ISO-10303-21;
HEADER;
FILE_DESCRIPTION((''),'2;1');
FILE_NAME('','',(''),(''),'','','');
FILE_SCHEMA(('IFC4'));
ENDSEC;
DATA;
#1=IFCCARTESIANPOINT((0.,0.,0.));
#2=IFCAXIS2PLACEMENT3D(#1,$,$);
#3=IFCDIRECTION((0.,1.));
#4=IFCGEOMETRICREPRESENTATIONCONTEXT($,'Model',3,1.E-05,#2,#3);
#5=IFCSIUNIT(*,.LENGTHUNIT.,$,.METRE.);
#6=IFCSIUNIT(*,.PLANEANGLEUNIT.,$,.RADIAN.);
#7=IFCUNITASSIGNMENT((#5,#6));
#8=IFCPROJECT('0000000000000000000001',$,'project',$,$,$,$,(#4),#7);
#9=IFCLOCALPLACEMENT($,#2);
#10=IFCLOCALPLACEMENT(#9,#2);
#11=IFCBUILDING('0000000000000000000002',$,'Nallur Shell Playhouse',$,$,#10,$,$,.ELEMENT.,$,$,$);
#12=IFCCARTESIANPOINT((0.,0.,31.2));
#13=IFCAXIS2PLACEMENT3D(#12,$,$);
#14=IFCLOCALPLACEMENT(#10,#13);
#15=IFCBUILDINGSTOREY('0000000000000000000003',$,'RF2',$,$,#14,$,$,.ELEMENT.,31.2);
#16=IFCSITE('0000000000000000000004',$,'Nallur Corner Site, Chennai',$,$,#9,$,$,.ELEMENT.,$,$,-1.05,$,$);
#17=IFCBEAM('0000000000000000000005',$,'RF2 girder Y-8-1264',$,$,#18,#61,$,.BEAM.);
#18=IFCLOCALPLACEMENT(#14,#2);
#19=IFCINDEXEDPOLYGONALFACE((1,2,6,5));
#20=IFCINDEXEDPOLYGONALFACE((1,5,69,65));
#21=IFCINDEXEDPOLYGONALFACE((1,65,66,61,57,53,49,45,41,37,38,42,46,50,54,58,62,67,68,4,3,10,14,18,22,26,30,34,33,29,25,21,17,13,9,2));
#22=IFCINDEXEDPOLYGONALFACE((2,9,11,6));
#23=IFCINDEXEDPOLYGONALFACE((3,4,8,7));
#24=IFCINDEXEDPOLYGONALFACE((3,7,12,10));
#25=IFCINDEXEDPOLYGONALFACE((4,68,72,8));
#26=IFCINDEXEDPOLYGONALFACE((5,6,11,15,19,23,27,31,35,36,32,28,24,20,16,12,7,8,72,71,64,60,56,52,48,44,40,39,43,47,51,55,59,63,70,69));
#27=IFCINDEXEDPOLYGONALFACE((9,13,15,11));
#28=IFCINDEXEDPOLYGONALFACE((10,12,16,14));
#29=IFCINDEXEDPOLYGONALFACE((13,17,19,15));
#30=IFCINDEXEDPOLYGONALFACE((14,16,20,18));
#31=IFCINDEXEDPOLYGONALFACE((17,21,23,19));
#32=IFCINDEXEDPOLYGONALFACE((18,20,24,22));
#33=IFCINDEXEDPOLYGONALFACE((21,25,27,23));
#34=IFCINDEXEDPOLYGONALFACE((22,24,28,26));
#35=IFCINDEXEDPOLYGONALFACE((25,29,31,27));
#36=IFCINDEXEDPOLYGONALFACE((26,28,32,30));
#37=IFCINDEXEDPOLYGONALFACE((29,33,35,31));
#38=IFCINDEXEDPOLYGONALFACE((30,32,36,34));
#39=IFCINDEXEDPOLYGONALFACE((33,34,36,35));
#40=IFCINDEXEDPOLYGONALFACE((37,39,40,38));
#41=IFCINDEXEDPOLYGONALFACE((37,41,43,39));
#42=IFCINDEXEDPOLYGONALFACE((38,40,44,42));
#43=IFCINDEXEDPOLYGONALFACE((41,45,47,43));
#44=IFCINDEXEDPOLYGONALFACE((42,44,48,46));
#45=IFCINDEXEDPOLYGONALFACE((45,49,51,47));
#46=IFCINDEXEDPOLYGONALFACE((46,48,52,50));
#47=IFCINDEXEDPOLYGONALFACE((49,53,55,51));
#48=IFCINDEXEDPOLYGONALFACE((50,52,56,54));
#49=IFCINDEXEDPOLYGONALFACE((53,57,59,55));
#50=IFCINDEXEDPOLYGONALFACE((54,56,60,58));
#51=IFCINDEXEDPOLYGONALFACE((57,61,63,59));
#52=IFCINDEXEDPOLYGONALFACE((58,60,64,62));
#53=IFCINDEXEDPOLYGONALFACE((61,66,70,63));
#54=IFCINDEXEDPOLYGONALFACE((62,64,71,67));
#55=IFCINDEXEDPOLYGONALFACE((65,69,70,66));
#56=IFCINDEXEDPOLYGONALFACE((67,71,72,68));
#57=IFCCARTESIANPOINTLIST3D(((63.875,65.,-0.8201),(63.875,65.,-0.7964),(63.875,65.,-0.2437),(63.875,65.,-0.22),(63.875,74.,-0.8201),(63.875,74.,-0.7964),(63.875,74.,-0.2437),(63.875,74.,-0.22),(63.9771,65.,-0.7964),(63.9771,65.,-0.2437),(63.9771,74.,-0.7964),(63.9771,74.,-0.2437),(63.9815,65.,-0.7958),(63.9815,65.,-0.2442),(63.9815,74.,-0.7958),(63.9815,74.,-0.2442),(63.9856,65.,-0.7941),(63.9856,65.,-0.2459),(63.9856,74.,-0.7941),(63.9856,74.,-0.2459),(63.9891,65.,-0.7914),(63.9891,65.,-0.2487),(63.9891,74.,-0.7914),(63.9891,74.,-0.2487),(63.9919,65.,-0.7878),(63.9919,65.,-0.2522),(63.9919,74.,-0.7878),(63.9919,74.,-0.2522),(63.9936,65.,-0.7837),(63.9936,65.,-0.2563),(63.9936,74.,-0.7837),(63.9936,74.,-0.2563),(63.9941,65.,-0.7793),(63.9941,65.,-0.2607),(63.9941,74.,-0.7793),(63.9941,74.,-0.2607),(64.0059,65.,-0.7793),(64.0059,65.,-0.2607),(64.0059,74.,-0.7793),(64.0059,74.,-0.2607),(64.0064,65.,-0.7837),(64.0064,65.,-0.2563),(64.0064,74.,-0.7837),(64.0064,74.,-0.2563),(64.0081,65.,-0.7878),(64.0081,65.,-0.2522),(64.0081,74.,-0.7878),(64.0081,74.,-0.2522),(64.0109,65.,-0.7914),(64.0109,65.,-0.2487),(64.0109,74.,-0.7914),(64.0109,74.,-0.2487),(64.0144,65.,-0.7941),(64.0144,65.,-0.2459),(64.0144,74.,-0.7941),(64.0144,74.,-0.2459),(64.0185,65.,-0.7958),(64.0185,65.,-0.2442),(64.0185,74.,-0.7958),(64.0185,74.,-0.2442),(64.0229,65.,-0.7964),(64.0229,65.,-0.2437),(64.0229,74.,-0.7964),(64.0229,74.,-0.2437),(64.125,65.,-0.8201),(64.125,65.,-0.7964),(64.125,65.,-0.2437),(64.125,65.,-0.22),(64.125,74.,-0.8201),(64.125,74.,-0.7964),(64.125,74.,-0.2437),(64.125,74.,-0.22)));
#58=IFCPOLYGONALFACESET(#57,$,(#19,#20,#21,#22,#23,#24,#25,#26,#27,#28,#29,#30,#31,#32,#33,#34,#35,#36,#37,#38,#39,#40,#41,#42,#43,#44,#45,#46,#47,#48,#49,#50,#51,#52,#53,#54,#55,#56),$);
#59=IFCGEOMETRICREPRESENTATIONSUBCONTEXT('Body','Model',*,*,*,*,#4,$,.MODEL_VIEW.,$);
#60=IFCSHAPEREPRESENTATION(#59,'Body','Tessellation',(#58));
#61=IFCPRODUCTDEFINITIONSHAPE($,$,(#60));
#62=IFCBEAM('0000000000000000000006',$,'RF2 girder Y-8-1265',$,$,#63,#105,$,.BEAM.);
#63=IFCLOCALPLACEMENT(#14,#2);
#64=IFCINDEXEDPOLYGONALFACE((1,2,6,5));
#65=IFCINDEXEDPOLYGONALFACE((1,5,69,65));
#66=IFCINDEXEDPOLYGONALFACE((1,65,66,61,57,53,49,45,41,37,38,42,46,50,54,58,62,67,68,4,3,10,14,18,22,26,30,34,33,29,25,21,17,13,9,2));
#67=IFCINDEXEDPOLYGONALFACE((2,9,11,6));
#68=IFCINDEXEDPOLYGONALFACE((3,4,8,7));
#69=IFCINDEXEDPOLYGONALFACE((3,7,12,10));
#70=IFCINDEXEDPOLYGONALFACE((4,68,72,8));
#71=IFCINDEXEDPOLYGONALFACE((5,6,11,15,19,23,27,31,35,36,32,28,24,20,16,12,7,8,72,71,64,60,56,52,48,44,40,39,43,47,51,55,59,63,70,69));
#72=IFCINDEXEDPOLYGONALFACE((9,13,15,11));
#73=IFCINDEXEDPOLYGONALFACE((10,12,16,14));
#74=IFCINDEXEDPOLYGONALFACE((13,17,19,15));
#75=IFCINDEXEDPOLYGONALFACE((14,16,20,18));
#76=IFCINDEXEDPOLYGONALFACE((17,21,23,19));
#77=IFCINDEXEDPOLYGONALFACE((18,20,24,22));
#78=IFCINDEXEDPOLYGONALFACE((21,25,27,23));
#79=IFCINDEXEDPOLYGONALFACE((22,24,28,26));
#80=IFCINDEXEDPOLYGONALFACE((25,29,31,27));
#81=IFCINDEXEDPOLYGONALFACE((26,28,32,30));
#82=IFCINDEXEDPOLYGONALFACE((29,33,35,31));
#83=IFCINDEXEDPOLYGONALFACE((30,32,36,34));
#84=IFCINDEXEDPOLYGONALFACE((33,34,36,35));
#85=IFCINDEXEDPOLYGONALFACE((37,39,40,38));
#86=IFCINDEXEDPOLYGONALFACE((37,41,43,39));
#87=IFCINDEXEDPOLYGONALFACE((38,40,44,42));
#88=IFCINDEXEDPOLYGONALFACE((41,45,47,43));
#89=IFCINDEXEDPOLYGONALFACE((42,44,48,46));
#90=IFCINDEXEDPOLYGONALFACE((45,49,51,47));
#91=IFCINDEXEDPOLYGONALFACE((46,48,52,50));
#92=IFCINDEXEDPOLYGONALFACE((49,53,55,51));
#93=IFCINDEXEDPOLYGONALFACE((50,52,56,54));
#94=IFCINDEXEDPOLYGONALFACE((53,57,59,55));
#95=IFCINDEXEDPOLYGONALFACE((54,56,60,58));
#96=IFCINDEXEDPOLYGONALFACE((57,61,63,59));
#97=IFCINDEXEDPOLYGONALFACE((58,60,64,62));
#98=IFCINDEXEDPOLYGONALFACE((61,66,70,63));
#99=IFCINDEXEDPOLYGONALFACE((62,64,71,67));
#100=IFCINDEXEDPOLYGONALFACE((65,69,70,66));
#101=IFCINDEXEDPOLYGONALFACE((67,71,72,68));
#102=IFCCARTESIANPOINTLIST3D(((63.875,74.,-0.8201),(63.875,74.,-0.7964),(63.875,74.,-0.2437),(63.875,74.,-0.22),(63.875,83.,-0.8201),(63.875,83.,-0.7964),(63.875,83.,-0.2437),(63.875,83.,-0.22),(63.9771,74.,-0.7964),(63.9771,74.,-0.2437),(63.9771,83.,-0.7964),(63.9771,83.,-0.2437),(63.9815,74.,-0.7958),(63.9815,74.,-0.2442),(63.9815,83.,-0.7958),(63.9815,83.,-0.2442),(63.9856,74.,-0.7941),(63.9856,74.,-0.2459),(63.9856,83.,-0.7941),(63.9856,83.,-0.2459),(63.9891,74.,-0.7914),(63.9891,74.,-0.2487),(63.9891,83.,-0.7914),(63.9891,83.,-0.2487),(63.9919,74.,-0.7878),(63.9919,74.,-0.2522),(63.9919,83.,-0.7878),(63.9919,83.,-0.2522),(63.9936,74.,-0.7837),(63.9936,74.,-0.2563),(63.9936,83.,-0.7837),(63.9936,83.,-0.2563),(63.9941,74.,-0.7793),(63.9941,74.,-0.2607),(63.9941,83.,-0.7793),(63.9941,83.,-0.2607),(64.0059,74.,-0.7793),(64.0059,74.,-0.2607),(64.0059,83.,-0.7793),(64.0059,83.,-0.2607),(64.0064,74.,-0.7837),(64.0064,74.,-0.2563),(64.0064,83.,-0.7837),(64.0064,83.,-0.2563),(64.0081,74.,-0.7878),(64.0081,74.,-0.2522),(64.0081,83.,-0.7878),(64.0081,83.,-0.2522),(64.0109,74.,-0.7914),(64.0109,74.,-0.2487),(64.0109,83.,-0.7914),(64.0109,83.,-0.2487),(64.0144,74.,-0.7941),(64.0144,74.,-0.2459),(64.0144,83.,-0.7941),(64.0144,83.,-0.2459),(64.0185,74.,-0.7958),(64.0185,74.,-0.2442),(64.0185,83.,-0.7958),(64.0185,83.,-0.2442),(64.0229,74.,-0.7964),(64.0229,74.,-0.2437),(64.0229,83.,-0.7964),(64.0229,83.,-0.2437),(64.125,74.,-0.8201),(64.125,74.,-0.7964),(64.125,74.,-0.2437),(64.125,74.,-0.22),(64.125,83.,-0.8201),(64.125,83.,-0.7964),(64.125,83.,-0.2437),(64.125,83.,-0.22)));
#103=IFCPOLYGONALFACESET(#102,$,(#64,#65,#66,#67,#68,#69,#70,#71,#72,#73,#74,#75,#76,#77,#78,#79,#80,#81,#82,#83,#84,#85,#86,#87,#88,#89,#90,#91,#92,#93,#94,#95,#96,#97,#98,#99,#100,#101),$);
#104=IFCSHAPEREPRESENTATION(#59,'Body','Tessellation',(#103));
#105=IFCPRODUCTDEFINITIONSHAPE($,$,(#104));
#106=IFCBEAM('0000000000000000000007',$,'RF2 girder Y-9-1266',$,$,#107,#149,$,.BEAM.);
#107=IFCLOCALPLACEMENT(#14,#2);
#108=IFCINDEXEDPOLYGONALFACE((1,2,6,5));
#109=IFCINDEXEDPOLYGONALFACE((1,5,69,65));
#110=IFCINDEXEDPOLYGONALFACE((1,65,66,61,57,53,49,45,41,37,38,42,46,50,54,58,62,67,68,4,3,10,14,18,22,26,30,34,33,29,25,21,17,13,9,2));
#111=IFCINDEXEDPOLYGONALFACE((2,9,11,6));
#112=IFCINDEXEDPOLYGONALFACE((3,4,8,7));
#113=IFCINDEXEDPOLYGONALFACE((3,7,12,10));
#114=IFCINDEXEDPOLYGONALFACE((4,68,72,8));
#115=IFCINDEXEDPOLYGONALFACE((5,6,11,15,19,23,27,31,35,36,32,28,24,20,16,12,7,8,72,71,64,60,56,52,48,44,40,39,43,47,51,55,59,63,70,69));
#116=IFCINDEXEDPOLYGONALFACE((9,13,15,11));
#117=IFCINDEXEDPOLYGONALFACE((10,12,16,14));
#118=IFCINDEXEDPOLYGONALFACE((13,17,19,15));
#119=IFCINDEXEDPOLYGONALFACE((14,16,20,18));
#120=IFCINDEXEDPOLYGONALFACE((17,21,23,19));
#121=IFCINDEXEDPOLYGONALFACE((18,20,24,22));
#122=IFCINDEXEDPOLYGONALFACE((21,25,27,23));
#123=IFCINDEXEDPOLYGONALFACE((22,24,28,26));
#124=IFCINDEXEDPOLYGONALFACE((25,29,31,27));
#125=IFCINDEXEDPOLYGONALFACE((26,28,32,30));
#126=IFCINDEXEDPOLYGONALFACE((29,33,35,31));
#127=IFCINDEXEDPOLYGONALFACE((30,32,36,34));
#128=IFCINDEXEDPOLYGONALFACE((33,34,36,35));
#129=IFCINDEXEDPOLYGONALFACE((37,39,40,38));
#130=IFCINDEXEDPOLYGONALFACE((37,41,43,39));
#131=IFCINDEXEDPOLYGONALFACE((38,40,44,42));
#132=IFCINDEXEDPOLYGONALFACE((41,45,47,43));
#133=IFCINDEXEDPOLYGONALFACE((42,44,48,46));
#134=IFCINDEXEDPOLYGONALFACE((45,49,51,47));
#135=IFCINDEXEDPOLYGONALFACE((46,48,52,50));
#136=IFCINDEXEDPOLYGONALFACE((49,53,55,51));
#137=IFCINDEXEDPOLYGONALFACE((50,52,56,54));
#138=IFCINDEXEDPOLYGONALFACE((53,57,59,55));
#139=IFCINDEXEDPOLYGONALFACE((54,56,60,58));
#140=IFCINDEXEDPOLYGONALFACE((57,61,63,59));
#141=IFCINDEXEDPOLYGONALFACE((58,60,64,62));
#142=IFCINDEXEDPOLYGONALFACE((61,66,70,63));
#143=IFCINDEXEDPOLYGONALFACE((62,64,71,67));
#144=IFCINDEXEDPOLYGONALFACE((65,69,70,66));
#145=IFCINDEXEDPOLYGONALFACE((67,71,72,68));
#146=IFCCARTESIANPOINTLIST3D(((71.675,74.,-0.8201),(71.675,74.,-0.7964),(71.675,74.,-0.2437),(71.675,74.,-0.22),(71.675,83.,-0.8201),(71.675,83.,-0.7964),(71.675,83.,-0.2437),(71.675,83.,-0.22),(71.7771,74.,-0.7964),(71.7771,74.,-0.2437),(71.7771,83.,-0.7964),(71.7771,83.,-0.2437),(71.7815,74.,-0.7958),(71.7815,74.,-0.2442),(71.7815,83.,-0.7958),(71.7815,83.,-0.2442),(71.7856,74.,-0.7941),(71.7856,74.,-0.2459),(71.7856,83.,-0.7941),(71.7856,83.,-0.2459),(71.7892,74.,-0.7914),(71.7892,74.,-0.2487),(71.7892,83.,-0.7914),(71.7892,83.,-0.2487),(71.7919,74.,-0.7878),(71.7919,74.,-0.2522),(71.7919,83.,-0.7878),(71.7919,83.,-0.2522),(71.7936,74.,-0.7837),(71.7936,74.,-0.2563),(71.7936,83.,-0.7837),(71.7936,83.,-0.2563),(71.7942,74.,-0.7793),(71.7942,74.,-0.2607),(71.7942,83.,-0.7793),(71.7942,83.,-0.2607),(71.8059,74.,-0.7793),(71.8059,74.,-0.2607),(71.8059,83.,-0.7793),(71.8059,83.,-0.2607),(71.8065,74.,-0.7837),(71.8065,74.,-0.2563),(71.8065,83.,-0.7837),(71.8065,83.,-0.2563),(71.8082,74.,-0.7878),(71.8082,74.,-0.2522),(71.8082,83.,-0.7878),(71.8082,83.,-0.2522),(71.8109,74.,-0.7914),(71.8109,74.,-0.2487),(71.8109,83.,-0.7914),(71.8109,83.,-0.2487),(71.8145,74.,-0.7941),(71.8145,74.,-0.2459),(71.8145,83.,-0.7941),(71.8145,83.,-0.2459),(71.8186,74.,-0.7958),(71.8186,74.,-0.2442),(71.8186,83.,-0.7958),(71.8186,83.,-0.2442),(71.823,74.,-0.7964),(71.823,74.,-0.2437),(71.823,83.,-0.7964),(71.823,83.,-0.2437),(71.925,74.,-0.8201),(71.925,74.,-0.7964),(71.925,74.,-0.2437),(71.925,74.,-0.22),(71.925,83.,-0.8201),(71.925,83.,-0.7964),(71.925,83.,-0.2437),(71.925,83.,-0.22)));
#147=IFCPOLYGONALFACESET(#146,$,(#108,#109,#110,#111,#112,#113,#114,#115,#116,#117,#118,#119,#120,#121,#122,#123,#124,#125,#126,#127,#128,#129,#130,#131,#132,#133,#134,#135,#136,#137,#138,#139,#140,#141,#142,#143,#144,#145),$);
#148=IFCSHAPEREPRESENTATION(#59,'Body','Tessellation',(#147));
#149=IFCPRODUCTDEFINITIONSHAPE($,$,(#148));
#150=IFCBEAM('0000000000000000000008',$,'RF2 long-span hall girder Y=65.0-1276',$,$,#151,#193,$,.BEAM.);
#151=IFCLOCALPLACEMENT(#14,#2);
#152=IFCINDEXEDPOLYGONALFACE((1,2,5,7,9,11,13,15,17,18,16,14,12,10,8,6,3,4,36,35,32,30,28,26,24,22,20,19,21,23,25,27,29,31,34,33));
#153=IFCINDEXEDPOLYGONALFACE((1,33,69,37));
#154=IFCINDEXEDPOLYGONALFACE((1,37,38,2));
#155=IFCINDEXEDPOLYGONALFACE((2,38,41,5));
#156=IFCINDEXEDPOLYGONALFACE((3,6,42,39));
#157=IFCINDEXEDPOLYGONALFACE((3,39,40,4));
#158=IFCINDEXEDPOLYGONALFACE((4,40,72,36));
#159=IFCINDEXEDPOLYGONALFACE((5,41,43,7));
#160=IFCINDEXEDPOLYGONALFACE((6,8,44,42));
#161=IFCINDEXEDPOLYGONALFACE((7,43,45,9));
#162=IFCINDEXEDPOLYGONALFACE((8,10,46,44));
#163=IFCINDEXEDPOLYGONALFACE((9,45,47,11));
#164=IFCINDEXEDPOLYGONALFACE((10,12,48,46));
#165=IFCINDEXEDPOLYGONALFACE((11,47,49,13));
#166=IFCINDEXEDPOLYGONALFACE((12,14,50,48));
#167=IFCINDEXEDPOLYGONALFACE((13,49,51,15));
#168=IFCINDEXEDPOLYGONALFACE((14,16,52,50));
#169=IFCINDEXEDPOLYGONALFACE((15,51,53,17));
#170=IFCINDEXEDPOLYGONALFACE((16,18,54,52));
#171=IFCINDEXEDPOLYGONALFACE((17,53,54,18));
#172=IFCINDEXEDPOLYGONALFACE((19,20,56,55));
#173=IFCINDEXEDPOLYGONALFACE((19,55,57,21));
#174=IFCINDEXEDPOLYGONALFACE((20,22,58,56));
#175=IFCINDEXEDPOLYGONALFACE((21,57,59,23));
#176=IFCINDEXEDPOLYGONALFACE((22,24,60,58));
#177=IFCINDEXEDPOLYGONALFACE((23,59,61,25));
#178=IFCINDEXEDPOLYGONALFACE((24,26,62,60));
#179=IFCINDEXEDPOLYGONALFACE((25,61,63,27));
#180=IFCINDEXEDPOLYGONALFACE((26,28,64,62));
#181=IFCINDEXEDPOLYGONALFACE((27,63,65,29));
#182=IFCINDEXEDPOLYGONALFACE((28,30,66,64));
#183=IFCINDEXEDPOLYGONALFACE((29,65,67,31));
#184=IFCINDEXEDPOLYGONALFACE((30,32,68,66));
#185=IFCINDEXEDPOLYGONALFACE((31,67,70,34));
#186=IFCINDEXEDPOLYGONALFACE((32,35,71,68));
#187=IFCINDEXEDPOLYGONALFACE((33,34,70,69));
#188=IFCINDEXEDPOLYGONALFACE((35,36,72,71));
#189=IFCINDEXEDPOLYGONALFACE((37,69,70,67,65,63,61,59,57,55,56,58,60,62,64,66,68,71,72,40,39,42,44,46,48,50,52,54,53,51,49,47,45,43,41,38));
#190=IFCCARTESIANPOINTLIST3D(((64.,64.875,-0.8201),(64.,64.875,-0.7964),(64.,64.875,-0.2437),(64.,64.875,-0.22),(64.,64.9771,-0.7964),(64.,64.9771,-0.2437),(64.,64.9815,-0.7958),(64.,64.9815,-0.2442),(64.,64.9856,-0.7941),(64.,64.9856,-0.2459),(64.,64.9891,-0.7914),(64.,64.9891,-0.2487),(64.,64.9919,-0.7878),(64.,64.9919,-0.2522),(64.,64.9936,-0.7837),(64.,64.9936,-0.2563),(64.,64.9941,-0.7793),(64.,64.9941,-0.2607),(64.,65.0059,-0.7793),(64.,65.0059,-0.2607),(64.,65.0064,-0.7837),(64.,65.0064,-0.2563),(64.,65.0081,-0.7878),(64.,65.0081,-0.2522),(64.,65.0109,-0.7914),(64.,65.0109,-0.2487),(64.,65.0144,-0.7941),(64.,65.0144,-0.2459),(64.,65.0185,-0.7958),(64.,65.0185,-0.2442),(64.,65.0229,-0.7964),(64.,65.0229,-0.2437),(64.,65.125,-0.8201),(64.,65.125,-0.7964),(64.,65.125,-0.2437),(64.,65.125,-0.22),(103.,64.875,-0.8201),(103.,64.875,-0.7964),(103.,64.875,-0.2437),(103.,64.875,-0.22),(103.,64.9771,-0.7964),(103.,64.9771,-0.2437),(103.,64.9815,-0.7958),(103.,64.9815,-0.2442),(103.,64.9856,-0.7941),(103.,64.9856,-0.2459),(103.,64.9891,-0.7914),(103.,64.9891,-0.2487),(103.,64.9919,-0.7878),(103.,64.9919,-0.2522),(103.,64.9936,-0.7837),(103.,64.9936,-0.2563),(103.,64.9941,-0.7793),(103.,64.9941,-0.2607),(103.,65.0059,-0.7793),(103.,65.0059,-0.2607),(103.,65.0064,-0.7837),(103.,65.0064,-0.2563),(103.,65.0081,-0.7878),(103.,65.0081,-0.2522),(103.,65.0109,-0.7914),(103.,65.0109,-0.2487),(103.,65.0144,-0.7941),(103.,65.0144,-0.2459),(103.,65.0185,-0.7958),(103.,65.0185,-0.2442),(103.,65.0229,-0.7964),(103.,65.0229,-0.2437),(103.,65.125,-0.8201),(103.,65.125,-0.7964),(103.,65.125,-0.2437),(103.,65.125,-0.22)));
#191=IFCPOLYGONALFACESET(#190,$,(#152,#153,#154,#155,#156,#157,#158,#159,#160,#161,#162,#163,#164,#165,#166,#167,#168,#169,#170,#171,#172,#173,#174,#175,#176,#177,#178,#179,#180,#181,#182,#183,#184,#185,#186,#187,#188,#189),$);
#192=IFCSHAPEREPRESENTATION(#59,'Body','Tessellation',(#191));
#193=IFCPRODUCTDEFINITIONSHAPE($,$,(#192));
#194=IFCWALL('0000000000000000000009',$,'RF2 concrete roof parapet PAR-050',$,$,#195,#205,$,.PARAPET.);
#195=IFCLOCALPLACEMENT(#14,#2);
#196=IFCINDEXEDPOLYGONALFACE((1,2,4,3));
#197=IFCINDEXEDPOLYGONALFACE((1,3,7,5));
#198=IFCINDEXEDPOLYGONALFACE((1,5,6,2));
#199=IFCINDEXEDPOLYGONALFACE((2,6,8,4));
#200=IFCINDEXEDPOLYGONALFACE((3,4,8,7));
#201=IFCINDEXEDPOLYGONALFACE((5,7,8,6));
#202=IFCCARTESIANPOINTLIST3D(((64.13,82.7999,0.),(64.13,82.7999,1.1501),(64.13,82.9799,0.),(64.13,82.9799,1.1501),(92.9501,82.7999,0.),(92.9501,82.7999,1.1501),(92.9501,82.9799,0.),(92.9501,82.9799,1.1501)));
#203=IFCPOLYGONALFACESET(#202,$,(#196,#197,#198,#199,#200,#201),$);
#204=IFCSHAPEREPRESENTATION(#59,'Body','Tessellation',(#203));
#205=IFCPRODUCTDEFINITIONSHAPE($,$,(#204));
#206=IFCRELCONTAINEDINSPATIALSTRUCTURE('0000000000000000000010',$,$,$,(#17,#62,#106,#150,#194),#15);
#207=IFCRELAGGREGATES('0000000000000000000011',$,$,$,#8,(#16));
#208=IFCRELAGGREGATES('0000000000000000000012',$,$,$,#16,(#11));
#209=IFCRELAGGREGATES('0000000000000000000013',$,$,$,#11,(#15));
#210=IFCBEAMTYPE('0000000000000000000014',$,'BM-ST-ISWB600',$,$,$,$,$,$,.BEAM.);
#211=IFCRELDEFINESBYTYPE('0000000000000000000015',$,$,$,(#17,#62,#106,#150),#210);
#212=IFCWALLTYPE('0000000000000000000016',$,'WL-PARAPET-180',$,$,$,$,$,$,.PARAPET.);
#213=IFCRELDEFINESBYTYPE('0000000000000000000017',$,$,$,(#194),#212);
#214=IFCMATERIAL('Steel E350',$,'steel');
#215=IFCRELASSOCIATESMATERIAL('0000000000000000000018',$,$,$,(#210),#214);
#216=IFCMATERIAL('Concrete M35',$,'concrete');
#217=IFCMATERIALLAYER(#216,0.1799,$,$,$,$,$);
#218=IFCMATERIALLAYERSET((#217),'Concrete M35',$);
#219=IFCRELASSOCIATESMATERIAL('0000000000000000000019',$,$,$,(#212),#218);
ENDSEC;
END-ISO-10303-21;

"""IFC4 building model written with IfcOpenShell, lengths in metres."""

from ifc_helpers import new_model, si_unit, direction, frame, frame_2d, origin, origin_2d, place, context, subcontext, project, spatial, rectangle, i_section, extrude, material, layer, layer_set, material_profile, profile_set, type_object, element, save


model = new_model("IFC4")

# Units and contexts
model_context = context("Model", 3, precision=1e-05, world=origin(), true_north=direction((0.0, 1.0)))
body_context = subcontext(model_context, "Body", "Model", "MODEL_VIEW")
ifc_project = project(units=[si_unit("LENGTHUNIT", "METRE"), si_unit("PLANEANGLEUNIT", "RADIAN")], contexts=[model_context])

# Site, building, storey
site_placement = place(None, origin())
site = spatial("IfcSite", under=ifc_project, at=site_placement, Name="Nallur Corner Site, Chennai", CompositionType="ELEMENT", RefElevation=-1.05)
building_placement = place(site_placement, origin())
building = spatial("IfcBuilding", under=site, at=building_placement, Name="Nallur Shell Playhouse", CompositionType="ELEMENT")
storey_placement = place(building_placement, frame((0.0, 0.0, 31.2)))
storey = spatial("IfcBuildingStorey", under=building, at=storey_placement, Name="RF2", CompositionType="ELEMENT", Elevation=31.2)

# Beams
ifc_material_1 = material(Name="Steel E350", Category="steel")
ifc_material_profile_1 = material_profile(ifc_material_1, i_section(OverallWidth=0.25, OverallDepth=0.6001, WebThickness=0.0117, FlangeThickness=0.0237, FilletRadius=0.0171, at=origin_2d()), Name="ISWB 600")
ifc_profile_set_1 = profile_set([ifc_material_profile_1], Name="Steel E350")
beam_type_1 = type_object("IfcBeamType", Name="BM-ST-ISWB600", PredefinedType="BEAM", material=ifc_profile_set_1)
for number, where, z_axis, x_axis, name in (
    (1, (64.0, 65.0, -0.52), (0.0, 1.0, 0.0), (-1.0, 0.0, 0.0), "RF2 girder Y-8-1264"),
    (2, (64.0, 74.0, -0.52), (0.0, 1.0, 0.0), (-1.0, 0.0, 0.0), "RF2 girder Y-8-1265"),
    (3, (71.8, 74.0, -0.52), (0.0, 1.0, 0.0), (-1.0, 0.0, 0.0), "RF2 girder Y-9-1266"),
):
    element("IfcBeam", number, at=place(storey_placement, frame(where, z_axis=z_axis, x_axis=x_axis)), inside=storey, type_object=beam_type_1, Name=name, PredefinedType="BEAM", context=body_context, shape_type="SweptSolid", body=[
        extrude(i_section(OverallWidth=0.25, OverallDepth=0.6001, WebThickness=0.0117, FlangeThickness=0.0237, FilletRadius=0.0171, at=origin_2d()), origin(), (0.0, 0.0, 1.0), 9.0),
    ])
beam_1_placement = place(storey_placement, frame((64.0, 65.0, -0.52), z_axis=(1.0, 0.0, 0.0), x_axis=(0.0, 1.0, 0.0)))
element("IfcBeam", 4, at=beam_1_placement, inside=storey, type_object=beam_type_1, Name="RF2 long-span hall girder Y=65.0-1276", PredefinedType="BEAM", context=body_context, shape_type="SweptSolid", body=[
    extrude(i_section(OverallWidth=0.25, OverallDepth=0.6001, WebThickness=0.0117, FlangeThickness=0.0237, FilletRadius=0.0171, at=origin_2d()), origin(), (0.0, 0.0, 1.0), 39.0),
])

# Wall
ifc_material_2 = material(Name="Concrete M35", Category="concrete")
ifc_layer_1 = layer(ifc_material_2, 0.1799)
ifc_layer_set_1 = layer_set([ifc_layer_1], Name="Concrete M35")
wall_type_1 = type_object("IfcWallType", Name="WL-PARAPET-180", PredefinedType="PARAPET", material=ifc_layer_set_1)
wall_placement = place(storey_placement, frame((64.1299, 82.8899, 0.0), z_axis=(0.0, 0.0, 1.0), x_axis=(1.0, 0.0, 0.0)))
element("IfcWall", 5, at=wall_placement, inside=storey, type_object=wall_type_1, Name="RF2 concrete roof parapet PAR-050", PredefinedType="PARAPET", context=body_context, shape_type="SweptSolid", body=[
    extrude(rectangle(XDim=28.8201, YDim=0.1799, at=frame_2d((14.4102, 0.0))), origin(), (0.0, 0.0, 1.0), 1.1501),
])

save(model, "model.ifc")
